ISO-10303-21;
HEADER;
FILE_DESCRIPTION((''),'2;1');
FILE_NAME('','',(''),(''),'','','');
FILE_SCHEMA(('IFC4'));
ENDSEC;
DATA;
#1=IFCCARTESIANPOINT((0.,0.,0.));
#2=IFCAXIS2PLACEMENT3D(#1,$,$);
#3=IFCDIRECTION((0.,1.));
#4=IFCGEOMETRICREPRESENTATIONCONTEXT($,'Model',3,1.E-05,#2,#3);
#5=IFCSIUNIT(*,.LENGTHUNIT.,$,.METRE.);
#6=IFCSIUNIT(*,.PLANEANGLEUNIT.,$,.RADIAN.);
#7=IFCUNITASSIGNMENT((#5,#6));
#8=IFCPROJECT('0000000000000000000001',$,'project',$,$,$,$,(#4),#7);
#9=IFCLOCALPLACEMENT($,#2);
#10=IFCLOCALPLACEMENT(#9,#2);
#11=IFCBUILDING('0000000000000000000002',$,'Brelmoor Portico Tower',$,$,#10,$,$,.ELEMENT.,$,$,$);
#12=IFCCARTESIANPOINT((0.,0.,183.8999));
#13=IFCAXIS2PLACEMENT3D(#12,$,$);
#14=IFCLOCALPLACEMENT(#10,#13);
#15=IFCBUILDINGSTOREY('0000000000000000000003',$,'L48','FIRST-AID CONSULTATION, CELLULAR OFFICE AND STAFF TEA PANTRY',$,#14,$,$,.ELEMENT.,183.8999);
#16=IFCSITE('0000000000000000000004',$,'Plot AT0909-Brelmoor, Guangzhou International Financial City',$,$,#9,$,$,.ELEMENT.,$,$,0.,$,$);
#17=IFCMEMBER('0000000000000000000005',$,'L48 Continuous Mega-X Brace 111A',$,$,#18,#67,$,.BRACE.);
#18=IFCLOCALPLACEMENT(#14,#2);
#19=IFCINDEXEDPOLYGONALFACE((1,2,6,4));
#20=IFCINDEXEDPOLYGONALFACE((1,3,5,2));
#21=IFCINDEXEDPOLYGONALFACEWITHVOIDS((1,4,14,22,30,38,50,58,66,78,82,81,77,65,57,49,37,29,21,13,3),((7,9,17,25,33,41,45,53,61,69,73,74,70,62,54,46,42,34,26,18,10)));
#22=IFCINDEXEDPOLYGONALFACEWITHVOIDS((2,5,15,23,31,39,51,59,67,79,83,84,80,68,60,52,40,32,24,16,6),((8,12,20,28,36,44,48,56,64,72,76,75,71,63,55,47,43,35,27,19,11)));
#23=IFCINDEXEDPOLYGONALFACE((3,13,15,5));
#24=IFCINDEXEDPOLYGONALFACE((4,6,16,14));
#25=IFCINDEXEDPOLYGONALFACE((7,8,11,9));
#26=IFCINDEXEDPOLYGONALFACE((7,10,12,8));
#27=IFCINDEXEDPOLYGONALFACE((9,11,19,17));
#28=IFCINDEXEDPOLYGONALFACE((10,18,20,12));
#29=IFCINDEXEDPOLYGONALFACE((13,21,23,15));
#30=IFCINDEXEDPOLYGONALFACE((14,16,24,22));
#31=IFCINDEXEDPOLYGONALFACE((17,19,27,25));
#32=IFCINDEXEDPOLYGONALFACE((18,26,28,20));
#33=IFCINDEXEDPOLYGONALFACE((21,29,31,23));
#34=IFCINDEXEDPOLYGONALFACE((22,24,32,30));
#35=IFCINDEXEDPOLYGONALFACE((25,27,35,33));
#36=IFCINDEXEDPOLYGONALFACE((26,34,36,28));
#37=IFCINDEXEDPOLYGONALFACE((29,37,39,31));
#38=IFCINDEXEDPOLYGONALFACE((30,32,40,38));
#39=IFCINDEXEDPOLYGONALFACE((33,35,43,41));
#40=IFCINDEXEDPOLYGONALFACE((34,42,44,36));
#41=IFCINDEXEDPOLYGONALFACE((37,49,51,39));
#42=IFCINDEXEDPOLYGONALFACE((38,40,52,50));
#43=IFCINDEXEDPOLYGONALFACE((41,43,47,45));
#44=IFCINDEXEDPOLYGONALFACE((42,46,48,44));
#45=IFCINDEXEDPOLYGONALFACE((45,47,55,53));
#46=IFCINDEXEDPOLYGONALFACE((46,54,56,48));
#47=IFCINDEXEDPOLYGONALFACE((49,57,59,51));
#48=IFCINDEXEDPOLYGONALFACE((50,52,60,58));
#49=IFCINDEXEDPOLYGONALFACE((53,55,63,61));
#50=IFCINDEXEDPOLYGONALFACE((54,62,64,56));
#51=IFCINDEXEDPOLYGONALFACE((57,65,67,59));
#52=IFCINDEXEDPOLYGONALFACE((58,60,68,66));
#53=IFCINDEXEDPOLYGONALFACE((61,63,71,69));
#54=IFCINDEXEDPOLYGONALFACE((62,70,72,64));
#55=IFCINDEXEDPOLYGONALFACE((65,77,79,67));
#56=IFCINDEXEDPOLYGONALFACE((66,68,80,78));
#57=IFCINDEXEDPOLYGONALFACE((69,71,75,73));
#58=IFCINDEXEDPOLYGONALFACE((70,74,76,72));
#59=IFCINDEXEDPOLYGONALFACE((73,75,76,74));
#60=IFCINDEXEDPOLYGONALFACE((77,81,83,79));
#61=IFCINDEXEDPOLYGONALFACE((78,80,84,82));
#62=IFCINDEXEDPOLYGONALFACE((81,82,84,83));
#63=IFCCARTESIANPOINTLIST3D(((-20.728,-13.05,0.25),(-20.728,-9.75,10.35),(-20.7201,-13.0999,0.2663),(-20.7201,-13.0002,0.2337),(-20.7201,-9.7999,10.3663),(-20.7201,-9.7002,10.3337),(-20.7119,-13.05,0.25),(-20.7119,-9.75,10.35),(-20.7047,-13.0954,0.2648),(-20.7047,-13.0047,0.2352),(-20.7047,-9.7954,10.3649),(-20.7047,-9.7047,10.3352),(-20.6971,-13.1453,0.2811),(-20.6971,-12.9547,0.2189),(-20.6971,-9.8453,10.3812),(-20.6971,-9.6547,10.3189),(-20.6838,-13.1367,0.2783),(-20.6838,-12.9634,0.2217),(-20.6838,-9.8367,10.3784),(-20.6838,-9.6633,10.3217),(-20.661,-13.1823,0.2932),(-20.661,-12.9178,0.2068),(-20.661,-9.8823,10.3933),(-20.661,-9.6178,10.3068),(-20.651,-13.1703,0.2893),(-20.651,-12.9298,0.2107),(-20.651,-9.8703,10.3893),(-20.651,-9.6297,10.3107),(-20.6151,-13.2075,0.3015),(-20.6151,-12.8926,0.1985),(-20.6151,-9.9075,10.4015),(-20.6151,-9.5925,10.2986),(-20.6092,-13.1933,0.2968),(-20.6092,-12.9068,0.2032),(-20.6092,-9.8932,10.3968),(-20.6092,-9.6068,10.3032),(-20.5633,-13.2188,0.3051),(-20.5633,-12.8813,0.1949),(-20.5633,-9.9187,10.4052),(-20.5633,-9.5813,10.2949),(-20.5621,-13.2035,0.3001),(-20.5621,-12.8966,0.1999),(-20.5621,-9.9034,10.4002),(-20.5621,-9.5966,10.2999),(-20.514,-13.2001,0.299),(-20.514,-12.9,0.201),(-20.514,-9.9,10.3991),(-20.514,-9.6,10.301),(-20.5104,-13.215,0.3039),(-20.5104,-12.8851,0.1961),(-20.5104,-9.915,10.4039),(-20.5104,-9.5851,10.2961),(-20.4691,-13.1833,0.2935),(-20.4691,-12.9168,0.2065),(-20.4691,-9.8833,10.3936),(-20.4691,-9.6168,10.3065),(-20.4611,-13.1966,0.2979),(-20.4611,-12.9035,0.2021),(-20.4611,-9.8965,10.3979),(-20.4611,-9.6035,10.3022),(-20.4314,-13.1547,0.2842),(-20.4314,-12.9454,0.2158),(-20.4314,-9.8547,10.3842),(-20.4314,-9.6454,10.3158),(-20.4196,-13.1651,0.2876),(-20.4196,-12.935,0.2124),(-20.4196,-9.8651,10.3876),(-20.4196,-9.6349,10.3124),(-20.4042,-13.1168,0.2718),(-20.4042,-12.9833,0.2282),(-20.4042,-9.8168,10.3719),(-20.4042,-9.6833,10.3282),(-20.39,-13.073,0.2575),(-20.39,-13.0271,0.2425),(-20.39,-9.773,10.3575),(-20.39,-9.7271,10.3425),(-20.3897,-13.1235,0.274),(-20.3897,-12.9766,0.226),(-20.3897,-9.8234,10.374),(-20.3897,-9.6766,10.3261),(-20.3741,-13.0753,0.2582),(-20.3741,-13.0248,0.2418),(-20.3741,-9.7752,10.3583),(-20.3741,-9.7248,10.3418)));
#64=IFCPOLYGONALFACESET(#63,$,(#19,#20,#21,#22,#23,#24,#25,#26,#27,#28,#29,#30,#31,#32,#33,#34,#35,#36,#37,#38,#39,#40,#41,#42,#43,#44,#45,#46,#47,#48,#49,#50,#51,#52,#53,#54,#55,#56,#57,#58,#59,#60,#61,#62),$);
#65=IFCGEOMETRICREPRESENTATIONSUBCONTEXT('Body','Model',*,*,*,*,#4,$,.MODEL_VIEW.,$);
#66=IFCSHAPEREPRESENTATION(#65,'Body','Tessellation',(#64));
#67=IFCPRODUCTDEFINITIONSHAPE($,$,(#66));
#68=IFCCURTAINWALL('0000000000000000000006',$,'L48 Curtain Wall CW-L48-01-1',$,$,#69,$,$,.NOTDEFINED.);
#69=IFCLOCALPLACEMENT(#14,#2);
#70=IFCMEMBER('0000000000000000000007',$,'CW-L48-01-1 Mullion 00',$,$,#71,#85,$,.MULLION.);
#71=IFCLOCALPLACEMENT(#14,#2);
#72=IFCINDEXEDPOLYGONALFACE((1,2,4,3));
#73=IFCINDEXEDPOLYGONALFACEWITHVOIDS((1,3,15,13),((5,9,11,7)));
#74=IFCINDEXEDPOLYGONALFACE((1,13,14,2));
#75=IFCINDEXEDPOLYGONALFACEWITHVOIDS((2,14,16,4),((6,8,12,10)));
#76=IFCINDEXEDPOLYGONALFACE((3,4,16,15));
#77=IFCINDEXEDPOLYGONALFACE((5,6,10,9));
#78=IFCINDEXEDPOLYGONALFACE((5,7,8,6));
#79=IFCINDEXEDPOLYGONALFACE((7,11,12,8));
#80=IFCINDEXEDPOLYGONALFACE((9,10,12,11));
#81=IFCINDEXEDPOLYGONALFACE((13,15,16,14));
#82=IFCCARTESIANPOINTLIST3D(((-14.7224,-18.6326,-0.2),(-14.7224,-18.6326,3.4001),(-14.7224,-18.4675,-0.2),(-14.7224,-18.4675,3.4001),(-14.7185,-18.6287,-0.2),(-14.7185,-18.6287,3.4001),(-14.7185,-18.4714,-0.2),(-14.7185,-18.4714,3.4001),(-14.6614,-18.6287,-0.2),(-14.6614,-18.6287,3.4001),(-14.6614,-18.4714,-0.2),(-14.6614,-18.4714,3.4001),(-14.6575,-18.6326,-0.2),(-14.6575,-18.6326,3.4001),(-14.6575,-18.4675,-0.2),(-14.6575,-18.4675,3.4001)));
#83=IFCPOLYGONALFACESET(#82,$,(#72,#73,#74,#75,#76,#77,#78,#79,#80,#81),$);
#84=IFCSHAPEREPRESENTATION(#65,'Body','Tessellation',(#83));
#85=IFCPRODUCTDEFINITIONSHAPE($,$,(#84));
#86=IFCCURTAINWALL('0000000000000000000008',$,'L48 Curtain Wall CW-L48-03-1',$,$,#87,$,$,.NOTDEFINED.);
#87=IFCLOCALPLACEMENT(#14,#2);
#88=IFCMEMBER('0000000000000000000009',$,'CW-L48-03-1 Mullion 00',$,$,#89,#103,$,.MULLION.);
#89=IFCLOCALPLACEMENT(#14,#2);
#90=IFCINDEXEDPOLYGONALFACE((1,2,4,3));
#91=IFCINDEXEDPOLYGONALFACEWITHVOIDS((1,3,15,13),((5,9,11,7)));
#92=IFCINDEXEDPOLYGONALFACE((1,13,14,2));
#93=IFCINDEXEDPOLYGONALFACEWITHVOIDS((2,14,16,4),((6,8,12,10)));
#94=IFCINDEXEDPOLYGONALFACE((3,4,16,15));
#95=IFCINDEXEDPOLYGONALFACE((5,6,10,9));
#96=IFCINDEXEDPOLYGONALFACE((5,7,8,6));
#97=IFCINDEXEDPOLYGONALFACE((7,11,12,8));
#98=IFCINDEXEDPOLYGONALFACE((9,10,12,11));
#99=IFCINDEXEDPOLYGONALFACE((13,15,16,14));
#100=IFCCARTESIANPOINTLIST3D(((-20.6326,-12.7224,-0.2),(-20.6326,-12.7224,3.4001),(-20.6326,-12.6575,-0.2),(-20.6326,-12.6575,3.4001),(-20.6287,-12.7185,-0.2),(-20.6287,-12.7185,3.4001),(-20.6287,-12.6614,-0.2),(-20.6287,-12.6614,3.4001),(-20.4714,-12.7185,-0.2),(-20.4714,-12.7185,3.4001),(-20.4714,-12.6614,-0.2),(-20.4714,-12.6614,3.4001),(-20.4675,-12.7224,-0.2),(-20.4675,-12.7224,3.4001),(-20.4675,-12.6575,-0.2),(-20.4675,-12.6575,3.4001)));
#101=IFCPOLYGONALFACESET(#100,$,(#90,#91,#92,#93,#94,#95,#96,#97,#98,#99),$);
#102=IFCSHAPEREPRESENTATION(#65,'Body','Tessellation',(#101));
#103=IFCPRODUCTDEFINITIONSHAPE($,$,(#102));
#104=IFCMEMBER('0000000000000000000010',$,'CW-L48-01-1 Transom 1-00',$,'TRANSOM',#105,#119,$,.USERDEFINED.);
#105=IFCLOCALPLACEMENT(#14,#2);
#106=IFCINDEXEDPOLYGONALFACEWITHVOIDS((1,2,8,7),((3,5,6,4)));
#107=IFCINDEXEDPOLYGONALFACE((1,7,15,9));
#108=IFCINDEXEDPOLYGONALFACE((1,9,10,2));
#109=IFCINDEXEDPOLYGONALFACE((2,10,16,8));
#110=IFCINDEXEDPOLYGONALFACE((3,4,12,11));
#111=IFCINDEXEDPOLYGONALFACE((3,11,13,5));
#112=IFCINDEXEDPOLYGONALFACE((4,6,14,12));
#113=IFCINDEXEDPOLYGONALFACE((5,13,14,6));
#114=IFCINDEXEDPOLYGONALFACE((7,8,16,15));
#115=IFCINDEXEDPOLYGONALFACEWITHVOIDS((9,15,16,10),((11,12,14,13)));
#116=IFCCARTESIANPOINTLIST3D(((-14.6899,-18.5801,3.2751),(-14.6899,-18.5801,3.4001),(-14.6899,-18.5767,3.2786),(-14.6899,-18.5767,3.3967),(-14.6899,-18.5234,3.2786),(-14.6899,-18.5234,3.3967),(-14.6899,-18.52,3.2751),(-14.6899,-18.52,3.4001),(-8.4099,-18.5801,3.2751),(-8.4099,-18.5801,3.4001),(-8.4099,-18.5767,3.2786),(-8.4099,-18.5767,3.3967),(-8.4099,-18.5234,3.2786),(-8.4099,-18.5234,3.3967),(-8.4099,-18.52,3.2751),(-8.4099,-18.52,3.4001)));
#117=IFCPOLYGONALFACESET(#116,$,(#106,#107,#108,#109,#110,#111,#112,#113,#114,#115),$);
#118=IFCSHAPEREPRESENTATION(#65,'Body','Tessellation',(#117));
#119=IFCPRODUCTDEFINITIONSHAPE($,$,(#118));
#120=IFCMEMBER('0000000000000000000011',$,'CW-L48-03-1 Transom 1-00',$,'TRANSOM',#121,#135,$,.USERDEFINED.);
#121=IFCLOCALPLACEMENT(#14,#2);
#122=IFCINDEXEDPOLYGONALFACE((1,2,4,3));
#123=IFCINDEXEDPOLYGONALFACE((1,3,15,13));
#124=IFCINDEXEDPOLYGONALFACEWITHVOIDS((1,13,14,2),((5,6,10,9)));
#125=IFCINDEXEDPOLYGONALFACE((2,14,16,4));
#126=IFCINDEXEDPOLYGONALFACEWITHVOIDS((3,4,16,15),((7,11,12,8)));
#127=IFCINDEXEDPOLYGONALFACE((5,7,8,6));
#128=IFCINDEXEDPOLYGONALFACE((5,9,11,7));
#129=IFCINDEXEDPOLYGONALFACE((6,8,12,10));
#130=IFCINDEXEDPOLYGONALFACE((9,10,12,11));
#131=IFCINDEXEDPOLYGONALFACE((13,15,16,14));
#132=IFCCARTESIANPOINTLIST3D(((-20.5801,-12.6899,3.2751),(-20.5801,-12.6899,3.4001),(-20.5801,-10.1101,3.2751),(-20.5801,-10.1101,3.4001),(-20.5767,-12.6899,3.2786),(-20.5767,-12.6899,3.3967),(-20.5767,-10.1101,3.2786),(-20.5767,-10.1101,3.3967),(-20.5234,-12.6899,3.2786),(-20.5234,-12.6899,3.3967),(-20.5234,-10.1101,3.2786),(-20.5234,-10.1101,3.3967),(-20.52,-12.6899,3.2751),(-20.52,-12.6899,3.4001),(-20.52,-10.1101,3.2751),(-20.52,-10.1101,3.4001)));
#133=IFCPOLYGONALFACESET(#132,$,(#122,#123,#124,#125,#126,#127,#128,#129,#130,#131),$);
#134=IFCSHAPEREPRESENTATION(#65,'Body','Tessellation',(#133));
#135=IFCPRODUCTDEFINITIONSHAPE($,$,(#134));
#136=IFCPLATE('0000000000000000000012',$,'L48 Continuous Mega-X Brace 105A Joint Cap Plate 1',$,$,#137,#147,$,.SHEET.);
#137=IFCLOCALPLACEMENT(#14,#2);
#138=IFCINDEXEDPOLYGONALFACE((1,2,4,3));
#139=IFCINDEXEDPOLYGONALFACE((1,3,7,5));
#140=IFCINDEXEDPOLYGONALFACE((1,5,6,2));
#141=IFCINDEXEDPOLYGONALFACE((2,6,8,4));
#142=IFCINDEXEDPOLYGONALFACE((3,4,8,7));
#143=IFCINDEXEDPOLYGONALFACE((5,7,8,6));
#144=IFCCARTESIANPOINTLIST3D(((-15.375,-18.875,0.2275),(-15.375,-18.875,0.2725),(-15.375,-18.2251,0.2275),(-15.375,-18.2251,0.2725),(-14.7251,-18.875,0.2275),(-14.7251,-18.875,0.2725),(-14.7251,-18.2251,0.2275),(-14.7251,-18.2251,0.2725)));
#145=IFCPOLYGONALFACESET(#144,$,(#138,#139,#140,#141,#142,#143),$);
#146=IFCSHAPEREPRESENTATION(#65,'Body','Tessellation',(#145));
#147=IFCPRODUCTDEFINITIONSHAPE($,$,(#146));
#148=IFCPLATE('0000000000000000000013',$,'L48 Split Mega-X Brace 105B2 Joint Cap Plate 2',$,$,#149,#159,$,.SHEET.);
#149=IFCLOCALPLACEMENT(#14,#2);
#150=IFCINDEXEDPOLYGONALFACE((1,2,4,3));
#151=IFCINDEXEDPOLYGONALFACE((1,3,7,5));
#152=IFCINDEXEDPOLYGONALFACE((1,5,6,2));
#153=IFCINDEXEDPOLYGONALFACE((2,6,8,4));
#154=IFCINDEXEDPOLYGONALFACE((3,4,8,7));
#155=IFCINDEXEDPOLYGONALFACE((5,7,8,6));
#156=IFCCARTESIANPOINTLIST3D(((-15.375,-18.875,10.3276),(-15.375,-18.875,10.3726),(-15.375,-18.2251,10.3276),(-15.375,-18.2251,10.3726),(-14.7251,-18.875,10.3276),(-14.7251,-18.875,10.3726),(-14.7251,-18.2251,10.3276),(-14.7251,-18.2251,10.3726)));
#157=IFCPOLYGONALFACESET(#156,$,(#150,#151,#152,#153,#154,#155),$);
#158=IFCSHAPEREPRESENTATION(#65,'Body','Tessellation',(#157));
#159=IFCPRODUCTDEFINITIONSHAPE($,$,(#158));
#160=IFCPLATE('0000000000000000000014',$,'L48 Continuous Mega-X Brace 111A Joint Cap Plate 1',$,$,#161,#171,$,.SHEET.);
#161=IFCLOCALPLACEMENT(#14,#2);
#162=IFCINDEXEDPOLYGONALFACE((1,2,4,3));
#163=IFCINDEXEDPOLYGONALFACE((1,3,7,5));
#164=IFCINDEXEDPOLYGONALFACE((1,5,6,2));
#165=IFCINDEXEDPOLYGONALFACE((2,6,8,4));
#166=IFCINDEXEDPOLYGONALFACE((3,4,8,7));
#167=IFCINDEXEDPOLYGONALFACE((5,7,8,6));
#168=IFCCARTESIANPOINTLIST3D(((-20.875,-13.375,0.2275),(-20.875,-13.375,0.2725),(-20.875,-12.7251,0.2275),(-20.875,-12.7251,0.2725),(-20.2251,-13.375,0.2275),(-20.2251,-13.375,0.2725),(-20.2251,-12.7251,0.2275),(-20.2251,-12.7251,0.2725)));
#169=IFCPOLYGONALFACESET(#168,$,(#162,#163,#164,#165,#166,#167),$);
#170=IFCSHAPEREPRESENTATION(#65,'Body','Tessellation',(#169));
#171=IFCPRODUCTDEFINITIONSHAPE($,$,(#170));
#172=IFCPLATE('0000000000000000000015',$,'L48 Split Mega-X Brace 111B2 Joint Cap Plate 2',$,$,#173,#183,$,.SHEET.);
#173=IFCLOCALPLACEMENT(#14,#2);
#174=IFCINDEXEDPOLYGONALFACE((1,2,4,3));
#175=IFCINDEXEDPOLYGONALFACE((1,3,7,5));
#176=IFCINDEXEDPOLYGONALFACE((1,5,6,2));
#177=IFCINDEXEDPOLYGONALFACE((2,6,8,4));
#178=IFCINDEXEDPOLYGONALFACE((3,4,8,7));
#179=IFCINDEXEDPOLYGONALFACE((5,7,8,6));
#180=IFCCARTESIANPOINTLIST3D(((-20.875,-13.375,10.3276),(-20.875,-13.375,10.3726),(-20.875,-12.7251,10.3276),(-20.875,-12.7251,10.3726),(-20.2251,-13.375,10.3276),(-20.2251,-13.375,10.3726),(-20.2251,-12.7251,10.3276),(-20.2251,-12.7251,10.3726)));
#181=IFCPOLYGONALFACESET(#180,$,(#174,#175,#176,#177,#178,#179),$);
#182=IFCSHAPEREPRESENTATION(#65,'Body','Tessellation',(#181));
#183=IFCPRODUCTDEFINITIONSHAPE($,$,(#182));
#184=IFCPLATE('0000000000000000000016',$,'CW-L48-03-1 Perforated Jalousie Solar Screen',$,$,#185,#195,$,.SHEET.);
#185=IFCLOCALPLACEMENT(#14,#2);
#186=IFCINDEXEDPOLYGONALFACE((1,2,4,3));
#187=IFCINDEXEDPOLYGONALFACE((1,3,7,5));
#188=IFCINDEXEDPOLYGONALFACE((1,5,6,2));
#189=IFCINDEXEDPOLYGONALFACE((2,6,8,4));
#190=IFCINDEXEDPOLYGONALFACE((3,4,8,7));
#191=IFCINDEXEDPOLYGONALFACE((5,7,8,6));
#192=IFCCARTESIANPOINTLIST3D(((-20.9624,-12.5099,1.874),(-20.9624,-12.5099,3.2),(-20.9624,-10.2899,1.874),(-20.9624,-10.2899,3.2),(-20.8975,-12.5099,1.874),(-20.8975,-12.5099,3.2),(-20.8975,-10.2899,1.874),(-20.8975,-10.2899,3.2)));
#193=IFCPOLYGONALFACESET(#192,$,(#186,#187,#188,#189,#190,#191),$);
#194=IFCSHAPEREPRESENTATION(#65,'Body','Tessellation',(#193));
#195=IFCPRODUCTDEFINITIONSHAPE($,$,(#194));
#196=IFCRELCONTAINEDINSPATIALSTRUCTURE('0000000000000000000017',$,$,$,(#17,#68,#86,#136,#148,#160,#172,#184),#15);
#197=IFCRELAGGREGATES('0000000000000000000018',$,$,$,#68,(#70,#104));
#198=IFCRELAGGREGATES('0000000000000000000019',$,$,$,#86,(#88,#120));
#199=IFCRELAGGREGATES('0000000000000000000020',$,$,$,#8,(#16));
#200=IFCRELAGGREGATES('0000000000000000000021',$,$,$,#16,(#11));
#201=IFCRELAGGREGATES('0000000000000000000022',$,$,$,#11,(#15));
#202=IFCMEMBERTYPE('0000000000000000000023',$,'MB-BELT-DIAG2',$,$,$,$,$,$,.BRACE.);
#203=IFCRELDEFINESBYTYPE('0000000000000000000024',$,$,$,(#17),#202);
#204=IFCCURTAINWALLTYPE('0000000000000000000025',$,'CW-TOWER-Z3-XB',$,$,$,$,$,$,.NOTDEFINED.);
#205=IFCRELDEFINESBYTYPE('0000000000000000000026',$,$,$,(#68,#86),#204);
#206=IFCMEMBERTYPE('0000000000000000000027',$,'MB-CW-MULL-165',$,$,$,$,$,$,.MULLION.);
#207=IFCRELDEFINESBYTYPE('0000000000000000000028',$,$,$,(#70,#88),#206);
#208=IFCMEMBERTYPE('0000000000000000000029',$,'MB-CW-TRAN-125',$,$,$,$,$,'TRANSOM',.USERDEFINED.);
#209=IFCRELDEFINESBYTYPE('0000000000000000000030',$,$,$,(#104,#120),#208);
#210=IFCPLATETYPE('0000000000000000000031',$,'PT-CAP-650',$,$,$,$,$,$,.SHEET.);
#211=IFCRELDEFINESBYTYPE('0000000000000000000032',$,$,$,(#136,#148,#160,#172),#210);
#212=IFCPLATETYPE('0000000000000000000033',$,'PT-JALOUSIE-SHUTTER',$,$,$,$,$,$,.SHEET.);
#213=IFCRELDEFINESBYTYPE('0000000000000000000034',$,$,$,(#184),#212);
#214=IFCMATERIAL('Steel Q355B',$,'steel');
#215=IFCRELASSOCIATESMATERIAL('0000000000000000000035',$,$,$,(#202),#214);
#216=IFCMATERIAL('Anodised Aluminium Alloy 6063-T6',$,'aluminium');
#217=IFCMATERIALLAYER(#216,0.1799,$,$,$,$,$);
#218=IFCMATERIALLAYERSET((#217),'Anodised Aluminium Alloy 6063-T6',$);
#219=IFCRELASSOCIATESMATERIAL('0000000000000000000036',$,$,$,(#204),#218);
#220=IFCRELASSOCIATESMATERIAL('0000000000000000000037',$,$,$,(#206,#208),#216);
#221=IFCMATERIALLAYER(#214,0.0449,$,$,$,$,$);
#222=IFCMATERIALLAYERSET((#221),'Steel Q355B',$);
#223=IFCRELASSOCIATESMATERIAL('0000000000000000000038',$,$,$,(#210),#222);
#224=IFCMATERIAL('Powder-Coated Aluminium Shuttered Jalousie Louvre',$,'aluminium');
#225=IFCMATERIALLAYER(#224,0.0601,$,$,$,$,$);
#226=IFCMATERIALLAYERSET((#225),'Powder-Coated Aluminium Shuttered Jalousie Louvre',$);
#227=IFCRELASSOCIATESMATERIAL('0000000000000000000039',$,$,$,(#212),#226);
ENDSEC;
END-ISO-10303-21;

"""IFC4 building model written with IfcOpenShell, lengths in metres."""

from ifc_helpers import new_model, si_unit, direction, frame, origin, origin_2d, place, context, subcontext, project, spatial, rectangle, hollow_rectangle, hollow_circle, extrude, material, layer, layer_set, material_profile, profile_set, type_object, element, aggregate, save


model = new_model("IFC4")

# Units and contexts
model_context = context("Model", 3, precision=1e-05, world=origin(), true_north=direction((0.0, 1.0)))
body_context = subcontext(model_context, "Body", "Model", "MODEL_VIEW")
ifc_project = project(units=[si_unit("LENGTHUNIT", "METRE"), si_unit("PLANEANGLEUNIT", "RADIAN")], contexts=[model_context])

# Site, building, storey
site_placement = place(None, origin())
site = spatial("IfcSite", under=ifc_project, at=site_placement, Name="Plot AT0909-Brelmoor, Guangzhou International Financial City", CompositionType="ELEMENT", RefElevation=0.0)
building_placement = place(site_placement, origin())
building = spatial("IfcBuilding", under=site, at=building_placement, Name="Brelmoor Portico Tower", CompositionType="ELEMENT")
storey_placement = place(building_placement, frame((0.0, 0.0, 183.8999)))
storey = spatial("IfcBuildingStorey", under=building, at=storey_placement, Name="L48", Description="FIRST-AID CONSULTATION, CELLULAR OFFICE AND STAFF TEA PANTRY", CompositionType="ELEMENT", Elevation=183.8999)

# Shared definitions
ifc_material_1 = material(Name="Steel Q355B", Category="steel")

# Member
ifc_material_profile_1 = material_profile(ifc_material_1, hollow_circle(Radius=0.178, WallThickness=0.0161, at=origin_2d()), Name="CHS 356x16")
ifc_profile_set_1 = profile_set([ifc_material_profile_1], Name="Steel Q355B")
member_type_1 = type_object("IfcMemberType", Name="MB-BELT-DIAG2", PredefinedType="BRACE", material=ifc_profile_set_1)
member_1_placement = place(storey_placement, frame((-20.55, -13.05, 0.25), z_axis=(0.0, 0.310577, 0.950548), x_axis=(-1.0, 0.0, 0.0)))
element("IfcMember", 1, at=member_1_placement, inside=storey, type_object=member_type_1, Name="L48 Continuous Mega-X Brace 111A", PredefinedType="BRACE", context=body_context, shape_type="SweptSolid", body=[
    extrude(hollow_circle(Radius=0.178, WallThickness=0.0161, at=origin_2d()), origin(), (0.0, 0.0, 1.0), 10.6255),
])

# Curtain walls, members
ifc_material_2 = material(Name="Anodised Aluminium Alloy 6063-T6", Category="aluminium")
ifc_layer_1 = layer(ifc_material_2, 0.1799)
ifc_layer_set_1 = layer_set([ifc_layer_1], Name="Anodised Aluminium Alloy 6063-T6")
curtain_wall_type = type_object("IfcCurtainWallType", Name="CW-TOWER-Z3-XB", PredefinedType="NOTDEFINED", material=ifc_layer_set_1)
curtain_wall_1_placement = place(storey_placement, origin())
curtain_wall_1 = element("IfcCurtainWall", 2, at=curtain_wall_1_placement, inside=storey, type_object=curtain_wall_type, Name="L48 Curtain Wall CW-L48-01-1", PredefinedType="NOTDEFINED")
ifc_material_profile_2 = material_profile(ifc_material_2, hollow_rectangle(XDim=0.0649, YDim=0.165, WallThickness=0.0039, at=origin_2d()), Name="ALU MULLION 65x165")
ifc_profile_set_2 = profile_set([ifc_material_profile_2], Name="Anodised Aluminium Alloy 6063-T6")
member_type_2 = type_object("IfcMemberType", Name="MB-CW-MULL-165", PredefinedType="MULLION", material=ifc_profile_set_2)
member_2_placement = place(storey_placement, frame((-14.6899, -18.55, -0.2), z_axis=(0.0, 0.0, 1.0), x_axis=(1.0, 0.0, 0.0)))
member_2 = element("IfcMember", 3, at=member_2_placement, type_object=member_type_2, Name="CW-L48-01-1 Mullion 00", PredefinedType="MULLION", context=body_context, shape_type="SweptSolid", body=[
    extrude(hollow_rectangle(XDim=0.0649, YDim=0.165, WallThickness=0.0039, at=origin_2d()), origin(), (0.0, 0.0, 1.0), 3.6001),
])
curtain_wall_2_placement = place(storey_placement, origin())
curtain_wall_2 = element("IfcCurtainWall", 4, at=curtain_wall_2_placement, inside=storey, type_object=curtain_wall_type, Name="L48 Curtain Wall CW-L48-03-1", PredefinedType="NOTDEFINED")
member_3_placement = place(storey_placement, frame((-20.55, -12.6899, -0.2), z_axis=(0.0, 0.0, 1.0), x_axis=(0.0, 1.0, 0.0)))
member_3 = element("IfcMember", 5, at=member_3_placement, type_object=member_type_2, Name="CW-L48-03-1 Mullion 00", PredefinedType="MULLION", context=body_context, shape_type="SweptSolid", body=[
    extrude(hollow_rectangle(XDim=0.0649, YDim=0.165, WallThickness=0.0039, at=origin_2d()), origin(), (0.0, 0.0, 1.0), 3.6001),
])

# Members
ifc_material_profile_3 = material_profile(ifc_material_2, hollow_rectangle(XDim=0.0601, YDim=0.125, WallThickness=0.0034, at=origin_2d()), Name="ALU TRANSOM 60x125")
ifc_profile_set_3 = profile_set([ifc_material_profile_3], Name="Anodised Aluminium Alloy 6063-T6")
member_type_3 = type_object("IfcMemberType", Name="MB-CW-TRAN-125", ElementType="TRANSOM", PredefinedType="USERDEFINED", material=ifc_profile_set_3)
member_4_placement = place(storey_placement, frame((-14.6899, -18.55, 3.3376), z_axis=(1.0, 0.0, 0.0), x_axis=(0.0, 1.0, 0.0)))
member_4 = element("IfcMember", 6, at=member_4_placement, type_object=member_type_3, Name="CW-L48-01-1 Transom 1-00", ObjectType="TRANSOM", PredefinedType="USERDEFINED", context=body_context, shape_type="SweptSolid", body=[
    extrude(hollow_rectangle(XDim=0.0601, YDim=0.125, WallThickness=0.0034, at=origin_2d()), origin(), (0.0, 0.0, 1.0), 6.28),
])
aggregate(curtain_wall_1, [member_2, member_4])
member_5_placement = place(storey_placement, frame((-20.55, -12.6899, 3.3376), z_axis=(0.0, 1.0, 0.0), x_axis=(-1.0, 0.0, 0.0)))
member_5 = element("IfcMember", 7, at=member_5_placement, type_object=member_type_3, Name="CW-L48-03-1 Transom 1-00", ObjectType="TRANSOM", PredefinedType="USERDEFINED", context=body_context, shape_type="SweptSolid", body=[
    extrude(hollow_rectangle(XDim=0.0601, YDim=0.125, WallThickness=0.0034, at=origin_2d()), origin(), (0.0, 0.0, 1.0), 2.5798),
])
aggregate(curtain_wall_2, [member_3, member_5])

# Plates
ifc_layer_2 = layer(ifc_material_1, 0.0449)
ifc_layer_set_2 = layer_set([ifc_layer_2], Name="Steel Q355B")
plate_type_1 = type_object("IfcPlateType", Name="PT-CAP-650", PredefinedType="SHEET", material=ifc_layer_set_2)
for number, where, z_axis, x_axis, name in (
    (8, (-15.05, -18.55, 0.2275), (0.0, 0.0, 1.0), (1.0, 0.0, 0.0), "L48 Continuous Mega-X Brace 105A Joint Cap Plate 1"),
    (9, (-15.05, -18.55, 10.3276), (0.0, 0.0, 1.0), (1.0, 0.0, 0.0), "L48 Split Mega-X Brace 105B2 Joint Cap Plate 2"),
    (10, (-20.55, -13.05, 0.2275), (0.0, 0.0, 1.0), (1.0, 0.0, 0.0), "L48 Continuous Mega-X Brace 111A Joint Cap Plate 1"),
    (11, (-20.55, -13.05, 10.3276), (0.0, 0.0, 1.0), (1.0, 0.0, 0.0), "L48 Split Mega-X Brace 111B2 Joint Cap Plate 2"),
):
    element("IfcPlate", number, at=place(storey_placement, frame(where, z_axis=z_axis, x_axis=x_axis)), inside=storey, type_object=plate_type_1, Name=name, PredefinedType="SHEET", context=body_context, shape_type="SweptSolid", body=[
        extrude(rectangle(XDim=0.6499, YDim=0.6499, at=origin_2d()), origin(), (0.0, 0.0, 1.0), 0.0449),
    ])
ifc_material_3 = material(Name="Powder-Coated Aluminium Shuttered Jalousie Louvre", Category="aluminium")
ifc_layer_3 = layer(ifc_material_3, 0.0601)
ifc_layer_set_3 = layer_set([ifc_layer_3], Name="Powder-Coated Aluminium Shuttered Jalousie Louvre")
plate_type_2 = type_object("IfcPlateType", Name="PT-JALOUSIE-SHUTTER", PredefinedType="SHEET", material=ifc_layer_set_3)
plate_1_placement = place(storey_placement, frame((-20.9299, -11.3999, 1.874), z_axis=(0.0, 0.0, 1.0), x_axis=(0.0, 1.0, 0.0)))
element("IfcPlate", 12, at=plate_1_placement, inside=storey, type_object=plate_type_2, Name="CW-L48-03-1 Perforated Jalousie Solar Screen", PredefinedType="SHEET", context=body_context, shape_type="SweptSolid", body=[
    extrude(rectangle(XDim=2.22, YDim=0.0649, at=origin_2d()), origin(), (0.0, 0.0, 1.0), 1.3259),
])

save(model, "model.ifc")
